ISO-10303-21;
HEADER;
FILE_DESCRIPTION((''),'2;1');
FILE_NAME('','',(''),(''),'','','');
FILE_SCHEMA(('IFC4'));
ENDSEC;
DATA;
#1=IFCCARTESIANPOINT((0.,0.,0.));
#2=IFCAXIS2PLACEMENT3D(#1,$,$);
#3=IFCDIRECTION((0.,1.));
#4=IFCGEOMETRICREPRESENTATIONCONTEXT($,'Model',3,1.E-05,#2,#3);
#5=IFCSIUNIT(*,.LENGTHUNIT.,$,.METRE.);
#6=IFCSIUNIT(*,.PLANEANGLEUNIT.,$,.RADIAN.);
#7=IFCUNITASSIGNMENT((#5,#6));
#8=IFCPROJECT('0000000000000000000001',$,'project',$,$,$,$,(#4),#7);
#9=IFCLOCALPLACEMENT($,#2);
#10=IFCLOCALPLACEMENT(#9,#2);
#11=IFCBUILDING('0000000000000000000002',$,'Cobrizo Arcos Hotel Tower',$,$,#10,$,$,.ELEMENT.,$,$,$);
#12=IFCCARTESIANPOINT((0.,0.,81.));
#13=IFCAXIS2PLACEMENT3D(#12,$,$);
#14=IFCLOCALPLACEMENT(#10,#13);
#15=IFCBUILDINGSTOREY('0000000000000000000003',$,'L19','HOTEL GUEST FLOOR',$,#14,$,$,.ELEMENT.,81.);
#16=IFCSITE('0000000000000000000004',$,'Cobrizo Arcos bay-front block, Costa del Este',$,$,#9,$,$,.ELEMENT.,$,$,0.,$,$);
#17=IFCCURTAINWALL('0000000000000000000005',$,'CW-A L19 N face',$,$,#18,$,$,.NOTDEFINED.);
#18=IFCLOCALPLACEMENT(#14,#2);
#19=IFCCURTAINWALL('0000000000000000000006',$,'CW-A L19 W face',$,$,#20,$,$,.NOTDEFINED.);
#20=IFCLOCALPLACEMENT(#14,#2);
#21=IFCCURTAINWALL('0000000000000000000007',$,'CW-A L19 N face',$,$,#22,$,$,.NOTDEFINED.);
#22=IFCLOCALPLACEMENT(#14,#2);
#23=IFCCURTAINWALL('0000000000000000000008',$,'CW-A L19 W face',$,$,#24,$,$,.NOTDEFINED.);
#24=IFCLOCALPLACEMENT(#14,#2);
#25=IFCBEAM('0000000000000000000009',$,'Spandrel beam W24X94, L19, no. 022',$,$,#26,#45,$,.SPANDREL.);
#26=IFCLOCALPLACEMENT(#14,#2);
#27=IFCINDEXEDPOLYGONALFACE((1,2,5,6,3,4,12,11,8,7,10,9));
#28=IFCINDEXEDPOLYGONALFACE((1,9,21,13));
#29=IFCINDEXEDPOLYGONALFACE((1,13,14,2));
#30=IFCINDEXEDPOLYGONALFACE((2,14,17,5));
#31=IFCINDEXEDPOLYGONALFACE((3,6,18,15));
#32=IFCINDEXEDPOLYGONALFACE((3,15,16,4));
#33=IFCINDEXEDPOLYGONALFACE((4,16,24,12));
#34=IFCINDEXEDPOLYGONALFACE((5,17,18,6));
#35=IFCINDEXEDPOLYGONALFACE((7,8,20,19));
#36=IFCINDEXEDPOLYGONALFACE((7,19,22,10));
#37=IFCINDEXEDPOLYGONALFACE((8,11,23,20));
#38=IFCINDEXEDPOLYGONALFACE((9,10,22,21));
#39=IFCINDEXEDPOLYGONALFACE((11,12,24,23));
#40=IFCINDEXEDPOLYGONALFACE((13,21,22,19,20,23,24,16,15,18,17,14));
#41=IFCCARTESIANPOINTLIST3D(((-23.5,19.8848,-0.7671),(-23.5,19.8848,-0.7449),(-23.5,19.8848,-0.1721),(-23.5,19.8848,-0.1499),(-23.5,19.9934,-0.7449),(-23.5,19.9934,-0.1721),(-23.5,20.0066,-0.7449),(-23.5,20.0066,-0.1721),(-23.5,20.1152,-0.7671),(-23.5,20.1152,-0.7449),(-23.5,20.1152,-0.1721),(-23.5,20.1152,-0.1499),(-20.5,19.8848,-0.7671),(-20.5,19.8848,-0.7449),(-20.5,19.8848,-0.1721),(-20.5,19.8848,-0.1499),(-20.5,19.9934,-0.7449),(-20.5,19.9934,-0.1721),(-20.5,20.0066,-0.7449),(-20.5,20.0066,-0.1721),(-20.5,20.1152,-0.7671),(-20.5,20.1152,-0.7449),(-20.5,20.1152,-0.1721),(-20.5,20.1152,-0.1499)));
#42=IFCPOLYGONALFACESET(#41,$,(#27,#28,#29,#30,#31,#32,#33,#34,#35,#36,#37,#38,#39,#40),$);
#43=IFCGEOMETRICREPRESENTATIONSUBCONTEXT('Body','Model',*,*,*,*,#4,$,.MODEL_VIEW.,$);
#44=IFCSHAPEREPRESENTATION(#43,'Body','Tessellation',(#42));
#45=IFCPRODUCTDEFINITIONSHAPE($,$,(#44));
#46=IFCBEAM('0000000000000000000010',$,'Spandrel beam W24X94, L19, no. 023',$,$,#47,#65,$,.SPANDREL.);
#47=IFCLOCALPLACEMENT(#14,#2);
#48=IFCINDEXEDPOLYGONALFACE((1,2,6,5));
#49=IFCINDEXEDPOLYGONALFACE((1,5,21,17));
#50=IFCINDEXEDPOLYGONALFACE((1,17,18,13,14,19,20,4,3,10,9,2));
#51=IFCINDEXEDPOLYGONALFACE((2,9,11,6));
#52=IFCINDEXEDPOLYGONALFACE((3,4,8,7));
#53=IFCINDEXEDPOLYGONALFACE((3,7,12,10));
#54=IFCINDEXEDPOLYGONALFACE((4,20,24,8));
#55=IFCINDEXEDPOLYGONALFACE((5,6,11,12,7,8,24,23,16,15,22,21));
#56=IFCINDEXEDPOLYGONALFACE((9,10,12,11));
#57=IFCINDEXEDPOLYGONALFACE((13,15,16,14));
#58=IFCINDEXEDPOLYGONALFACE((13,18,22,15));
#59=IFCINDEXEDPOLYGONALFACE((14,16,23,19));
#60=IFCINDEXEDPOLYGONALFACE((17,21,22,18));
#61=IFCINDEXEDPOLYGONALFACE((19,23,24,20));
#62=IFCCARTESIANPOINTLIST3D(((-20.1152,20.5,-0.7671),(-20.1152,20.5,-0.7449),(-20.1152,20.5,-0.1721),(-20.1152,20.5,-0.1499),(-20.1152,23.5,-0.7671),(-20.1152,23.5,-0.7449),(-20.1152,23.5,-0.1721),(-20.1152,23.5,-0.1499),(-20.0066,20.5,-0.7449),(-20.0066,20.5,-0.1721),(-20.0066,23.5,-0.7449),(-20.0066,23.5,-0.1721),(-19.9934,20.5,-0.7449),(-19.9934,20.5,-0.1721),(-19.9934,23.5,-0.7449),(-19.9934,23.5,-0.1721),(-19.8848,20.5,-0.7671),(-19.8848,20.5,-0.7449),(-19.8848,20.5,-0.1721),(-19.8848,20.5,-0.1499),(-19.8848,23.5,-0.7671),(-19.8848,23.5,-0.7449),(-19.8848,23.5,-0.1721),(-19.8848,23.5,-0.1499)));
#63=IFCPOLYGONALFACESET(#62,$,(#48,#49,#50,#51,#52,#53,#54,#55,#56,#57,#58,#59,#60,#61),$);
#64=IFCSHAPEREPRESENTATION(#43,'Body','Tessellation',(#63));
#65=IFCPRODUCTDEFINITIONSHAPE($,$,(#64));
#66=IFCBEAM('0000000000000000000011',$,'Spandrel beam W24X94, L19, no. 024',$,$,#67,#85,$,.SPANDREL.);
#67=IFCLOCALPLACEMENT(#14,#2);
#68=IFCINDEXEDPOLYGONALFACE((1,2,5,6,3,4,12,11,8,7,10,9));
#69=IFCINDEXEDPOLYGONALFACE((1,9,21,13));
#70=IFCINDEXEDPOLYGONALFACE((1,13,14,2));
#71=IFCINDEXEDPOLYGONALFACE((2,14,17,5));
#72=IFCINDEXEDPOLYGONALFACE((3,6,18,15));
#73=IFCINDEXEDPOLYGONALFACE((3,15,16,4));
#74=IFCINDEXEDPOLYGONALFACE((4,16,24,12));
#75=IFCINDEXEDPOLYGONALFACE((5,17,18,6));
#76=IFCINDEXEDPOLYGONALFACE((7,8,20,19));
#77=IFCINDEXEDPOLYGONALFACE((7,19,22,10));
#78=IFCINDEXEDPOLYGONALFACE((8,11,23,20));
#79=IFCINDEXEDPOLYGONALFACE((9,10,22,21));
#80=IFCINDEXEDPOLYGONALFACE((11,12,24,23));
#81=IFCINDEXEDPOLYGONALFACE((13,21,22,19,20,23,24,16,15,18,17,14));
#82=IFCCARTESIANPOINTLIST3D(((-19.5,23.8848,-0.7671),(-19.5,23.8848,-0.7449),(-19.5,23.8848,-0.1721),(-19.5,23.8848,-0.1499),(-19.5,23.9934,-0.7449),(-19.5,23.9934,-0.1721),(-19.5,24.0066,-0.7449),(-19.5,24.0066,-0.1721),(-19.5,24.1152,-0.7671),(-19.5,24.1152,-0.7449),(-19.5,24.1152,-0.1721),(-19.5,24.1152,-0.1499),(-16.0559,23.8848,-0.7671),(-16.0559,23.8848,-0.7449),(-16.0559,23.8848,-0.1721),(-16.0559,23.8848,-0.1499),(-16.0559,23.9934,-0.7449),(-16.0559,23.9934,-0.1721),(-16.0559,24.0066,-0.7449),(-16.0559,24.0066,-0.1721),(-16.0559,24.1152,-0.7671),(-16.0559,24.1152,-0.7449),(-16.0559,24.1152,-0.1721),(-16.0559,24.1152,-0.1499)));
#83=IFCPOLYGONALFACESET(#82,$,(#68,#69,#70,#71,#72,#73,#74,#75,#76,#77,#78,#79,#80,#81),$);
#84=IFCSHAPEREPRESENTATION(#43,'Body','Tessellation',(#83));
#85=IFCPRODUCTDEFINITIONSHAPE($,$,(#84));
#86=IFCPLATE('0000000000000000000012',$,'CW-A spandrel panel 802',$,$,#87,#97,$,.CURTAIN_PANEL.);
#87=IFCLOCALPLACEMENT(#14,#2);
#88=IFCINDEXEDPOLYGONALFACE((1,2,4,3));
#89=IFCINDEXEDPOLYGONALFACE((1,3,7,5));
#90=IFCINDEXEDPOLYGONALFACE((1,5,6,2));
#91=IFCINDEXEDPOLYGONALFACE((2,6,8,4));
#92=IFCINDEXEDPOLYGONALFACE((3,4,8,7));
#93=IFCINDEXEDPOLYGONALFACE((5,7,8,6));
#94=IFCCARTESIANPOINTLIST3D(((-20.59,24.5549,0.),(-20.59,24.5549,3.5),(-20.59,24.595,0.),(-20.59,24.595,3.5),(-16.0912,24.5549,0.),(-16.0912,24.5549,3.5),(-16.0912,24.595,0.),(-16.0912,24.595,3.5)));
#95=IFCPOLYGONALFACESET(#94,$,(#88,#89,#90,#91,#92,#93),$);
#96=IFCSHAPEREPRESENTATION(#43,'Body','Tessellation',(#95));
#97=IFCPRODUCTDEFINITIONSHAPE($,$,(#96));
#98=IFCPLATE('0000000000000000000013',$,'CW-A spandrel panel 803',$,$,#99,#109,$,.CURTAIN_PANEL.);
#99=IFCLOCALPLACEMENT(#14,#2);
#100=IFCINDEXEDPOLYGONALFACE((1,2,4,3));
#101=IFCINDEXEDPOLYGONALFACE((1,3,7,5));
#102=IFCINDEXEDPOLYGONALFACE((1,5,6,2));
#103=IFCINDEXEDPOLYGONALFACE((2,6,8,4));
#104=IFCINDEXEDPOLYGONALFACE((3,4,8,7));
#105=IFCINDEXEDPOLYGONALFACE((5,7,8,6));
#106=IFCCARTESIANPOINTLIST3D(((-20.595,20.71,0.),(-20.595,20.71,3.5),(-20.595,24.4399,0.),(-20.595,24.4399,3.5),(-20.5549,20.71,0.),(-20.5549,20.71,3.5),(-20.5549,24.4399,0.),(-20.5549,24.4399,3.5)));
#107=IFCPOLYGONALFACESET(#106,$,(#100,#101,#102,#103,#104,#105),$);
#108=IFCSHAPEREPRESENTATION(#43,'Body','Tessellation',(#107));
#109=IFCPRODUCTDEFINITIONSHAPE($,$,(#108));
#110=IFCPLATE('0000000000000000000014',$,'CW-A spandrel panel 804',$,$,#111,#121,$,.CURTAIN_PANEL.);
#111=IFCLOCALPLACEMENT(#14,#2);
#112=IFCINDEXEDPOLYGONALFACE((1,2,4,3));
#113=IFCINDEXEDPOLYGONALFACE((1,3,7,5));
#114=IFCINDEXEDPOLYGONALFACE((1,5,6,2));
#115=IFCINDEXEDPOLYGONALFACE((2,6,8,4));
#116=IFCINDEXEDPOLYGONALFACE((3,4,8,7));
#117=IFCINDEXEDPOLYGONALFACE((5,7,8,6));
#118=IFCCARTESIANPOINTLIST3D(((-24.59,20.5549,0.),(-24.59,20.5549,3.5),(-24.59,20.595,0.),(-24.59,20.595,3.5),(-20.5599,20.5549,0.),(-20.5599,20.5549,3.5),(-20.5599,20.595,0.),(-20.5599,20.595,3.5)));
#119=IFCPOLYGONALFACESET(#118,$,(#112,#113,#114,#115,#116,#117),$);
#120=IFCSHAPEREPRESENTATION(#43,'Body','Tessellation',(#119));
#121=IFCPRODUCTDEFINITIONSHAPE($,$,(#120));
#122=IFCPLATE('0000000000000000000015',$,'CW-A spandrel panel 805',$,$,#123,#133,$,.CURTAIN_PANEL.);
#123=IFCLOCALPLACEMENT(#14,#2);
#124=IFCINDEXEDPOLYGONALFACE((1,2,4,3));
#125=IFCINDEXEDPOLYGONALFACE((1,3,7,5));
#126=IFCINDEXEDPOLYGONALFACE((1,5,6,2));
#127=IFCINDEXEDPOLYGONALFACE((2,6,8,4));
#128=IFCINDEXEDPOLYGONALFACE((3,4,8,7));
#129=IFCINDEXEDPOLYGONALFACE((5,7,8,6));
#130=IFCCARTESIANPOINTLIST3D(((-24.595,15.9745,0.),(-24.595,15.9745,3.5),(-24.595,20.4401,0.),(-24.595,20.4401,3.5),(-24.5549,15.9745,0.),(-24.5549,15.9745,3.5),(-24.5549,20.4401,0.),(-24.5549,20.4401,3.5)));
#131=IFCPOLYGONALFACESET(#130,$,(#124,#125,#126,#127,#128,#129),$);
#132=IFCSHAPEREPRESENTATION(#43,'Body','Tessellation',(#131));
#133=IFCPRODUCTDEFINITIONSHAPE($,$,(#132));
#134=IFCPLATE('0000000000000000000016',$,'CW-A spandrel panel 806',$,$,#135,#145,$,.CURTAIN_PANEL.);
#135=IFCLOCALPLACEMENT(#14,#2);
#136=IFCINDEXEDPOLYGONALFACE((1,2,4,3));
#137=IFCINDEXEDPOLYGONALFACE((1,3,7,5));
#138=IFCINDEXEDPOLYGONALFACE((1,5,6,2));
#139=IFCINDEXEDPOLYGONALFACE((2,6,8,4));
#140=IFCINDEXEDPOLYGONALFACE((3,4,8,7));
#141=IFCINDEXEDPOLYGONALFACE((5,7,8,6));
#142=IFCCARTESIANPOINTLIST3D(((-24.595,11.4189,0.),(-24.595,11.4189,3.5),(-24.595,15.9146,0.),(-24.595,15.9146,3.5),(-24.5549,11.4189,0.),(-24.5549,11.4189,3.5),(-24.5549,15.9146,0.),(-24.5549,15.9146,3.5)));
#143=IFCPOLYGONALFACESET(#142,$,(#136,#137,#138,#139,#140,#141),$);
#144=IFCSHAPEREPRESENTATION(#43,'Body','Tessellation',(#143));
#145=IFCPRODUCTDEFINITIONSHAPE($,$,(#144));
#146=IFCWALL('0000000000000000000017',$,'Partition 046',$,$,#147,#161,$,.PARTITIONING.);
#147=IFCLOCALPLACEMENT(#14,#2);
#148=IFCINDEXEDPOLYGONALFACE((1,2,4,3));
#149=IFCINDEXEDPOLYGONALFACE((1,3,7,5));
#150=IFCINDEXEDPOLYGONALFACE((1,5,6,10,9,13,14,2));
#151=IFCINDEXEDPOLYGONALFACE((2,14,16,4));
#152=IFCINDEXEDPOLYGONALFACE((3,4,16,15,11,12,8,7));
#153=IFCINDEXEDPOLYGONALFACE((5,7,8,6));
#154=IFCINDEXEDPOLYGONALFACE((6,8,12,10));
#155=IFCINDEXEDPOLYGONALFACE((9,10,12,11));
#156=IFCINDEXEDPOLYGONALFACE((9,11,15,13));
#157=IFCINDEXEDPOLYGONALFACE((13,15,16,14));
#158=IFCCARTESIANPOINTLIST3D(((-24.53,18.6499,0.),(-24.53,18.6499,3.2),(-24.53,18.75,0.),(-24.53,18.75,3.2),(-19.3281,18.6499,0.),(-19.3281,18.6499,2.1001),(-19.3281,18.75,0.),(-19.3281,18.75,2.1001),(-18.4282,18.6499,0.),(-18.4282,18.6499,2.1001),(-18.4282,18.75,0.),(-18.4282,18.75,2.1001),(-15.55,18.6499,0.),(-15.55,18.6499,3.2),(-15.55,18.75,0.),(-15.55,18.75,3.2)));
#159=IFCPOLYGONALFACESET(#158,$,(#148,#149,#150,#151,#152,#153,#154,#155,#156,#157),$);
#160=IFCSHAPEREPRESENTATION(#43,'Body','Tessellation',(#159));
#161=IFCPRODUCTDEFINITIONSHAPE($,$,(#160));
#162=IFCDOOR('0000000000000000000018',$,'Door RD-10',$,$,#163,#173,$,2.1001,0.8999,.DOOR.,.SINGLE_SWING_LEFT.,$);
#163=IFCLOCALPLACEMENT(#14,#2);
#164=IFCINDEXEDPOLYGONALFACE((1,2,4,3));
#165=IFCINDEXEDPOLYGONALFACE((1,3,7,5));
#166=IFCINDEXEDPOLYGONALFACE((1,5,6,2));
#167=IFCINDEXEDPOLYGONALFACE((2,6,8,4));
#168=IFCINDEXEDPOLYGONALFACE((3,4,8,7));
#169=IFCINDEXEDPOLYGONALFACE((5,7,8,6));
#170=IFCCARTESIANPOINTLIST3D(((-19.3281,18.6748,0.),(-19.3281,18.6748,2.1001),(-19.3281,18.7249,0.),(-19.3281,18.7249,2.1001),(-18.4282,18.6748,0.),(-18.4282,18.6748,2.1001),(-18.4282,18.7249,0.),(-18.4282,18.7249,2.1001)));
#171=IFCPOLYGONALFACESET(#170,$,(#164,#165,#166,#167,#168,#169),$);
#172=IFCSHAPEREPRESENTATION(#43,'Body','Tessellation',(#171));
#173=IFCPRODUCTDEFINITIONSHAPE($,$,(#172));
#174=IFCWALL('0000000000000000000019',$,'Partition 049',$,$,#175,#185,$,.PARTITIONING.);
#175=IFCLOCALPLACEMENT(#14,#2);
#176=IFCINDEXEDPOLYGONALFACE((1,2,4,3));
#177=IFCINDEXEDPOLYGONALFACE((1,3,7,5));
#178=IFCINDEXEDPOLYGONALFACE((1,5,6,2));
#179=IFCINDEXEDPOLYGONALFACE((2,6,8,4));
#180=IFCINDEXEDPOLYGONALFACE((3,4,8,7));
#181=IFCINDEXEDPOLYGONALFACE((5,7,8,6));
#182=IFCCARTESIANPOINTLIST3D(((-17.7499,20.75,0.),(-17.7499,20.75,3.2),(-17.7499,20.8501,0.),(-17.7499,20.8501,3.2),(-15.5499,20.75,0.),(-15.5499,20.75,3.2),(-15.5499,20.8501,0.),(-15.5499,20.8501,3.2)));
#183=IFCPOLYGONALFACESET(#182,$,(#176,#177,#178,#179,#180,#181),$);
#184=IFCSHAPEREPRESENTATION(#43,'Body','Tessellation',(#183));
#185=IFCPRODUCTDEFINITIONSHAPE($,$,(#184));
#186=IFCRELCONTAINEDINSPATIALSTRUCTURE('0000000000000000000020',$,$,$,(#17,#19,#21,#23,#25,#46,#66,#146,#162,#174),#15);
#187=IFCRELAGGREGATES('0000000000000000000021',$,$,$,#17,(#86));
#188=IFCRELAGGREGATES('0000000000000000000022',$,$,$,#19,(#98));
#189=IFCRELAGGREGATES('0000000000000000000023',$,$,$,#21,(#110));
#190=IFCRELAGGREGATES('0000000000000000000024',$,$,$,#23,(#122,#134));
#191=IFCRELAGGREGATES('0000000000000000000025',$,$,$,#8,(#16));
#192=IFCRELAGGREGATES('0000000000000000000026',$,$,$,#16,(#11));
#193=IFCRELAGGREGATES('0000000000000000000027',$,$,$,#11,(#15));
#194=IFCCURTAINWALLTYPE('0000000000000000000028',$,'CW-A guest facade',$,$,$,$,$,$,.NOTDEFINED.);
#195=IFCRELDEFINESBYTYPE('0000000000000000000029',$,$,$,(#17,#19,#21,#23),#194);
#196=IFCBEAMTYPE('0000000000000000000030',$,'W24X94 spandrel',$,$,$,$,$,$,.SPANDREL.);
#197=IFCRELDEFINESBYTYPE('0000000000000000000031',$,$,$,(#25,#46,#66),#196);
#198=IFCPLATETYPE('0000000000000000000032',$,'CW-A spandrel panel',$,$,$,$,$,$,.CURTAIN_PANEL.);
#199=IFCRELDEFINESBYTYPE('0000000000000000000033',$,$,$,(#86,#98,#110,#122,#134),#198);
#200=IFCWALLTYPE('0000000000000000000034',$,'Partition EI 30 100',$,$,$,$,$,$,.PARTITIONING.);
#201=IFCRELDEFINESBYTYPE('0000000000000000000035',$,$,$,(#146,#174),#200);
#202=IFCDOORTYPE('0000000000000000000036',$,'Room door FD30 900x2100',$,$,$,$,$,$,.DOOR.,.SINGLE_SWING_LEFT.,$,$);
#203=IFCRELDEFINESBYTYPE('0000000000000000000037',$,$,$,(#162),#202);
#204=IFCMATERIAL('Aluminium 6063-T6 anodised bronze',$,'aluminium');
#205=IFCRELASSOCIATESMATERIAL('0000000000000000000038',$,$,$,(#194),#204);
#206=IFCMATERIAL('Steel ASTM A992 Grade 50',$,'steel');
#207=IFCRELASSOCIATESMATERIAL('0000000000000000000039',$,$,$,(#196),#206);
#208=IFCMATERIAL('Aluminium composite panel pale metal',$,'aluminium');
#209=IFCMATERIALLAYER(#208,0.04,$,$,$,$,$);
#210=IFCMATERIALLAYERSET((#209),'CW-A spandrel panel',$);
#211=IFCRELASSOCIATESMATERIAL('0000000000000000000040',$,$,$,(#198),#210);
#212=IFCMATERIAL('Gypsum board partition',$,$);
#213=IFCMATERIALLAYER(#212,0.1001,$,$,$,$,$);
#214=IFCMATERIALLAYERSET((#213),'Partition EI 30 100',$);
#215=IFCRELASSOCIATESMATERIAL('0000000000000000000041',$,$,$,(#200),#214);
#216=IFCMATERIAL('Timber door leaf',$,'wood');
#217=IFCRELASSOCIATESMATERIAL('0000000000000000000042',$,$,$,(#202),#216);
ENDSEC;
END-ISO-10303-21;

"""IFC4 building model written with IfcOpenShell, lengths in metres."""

from ifc_helpers import new_model, si_unit, direction, frame, frame_2d, origin, origin_2d, place, context, subcontext, project, spatial, rectangle, i_section, extrude, material, layer, layer_set, material_profile, profile_set, type_object, element, fill, aggregate, save


model = new_model("IFC4")

# Units and contexts
model_context = context("Model", 3, precision=1e-05, world=origin(), true_north=direction((0.0, 1.0)))
body_context = subcontext(model_context, "Body", "Model", "MODEL_VIEW")
ifc_project = project(units=[si_unit("LENGTHUNIT", "METRE"), si_unit("PLANEANGLEUNIT", "RADIAN")], contexts=[model_context])

# Site, building, storey
site_placement = place(None, origin())
site = spatial("IfcSite", under=ifc_project, at=site_placement, Name="Cobrizo Arcos bay-front block, Costa del Este", CompositionType="ELEMENT", RefElevation=0.0)
building_placement = place(site_placement, origin())
building = spatial("IfcBuilding", under=site, at=building_placement, Name="Cobrizo Arcos Hotel Tower", CompositionType="ELEMENT")
storey_placement = place(building_placement, frame((0.0, 0.0, 81.0)))
storey = spatial("IfcBuildingStorey", under=building, at=storey_placement, Name="L19", Description="HOTEL GUEST FLOOR", CompositionType="ELEMENT", Elevation=81.0)

# Curtain walls
ifc_material_1 = material(Name="Aluminium 6063-T6 anodised bronze", Category="aluminium")
curtain_wall_type = type_object("IfcCurtainWallType", Name="CW-A guest facade", PredefinedType="NOTDEFINED", material=ifc_material_1)
curtain_wall_1_placement = place(storey_placement, origin())
curtain_wall_1 = element("IfcCurtainWall", 1, at=curtain_wall_1_placement, inside=storey, type_object=curtain_wall_type, Name="CW-A L19 N face", PredefinedType="NOTDEFINED")
curtain_wall_2_placement = place(storey_placement, origin())
curtain_wall_2 = element("IfcCurtainWall", 2, at=curtain_wall_2_placement, inside=storey, type_object=curtain_wall_type, Name="CW-A L19 W face", PredefinedType="NOTDEFINED")
curtain_wall_3_placement = place(storey_placement, origin())
curtain_wall_3 = element("IfcCurtainWall", 3, at=curtain_wall_3_placement, inside=storey, type_object=curtain_wall_type, Name="CW-A L19 N face", PredefinedType="NOTDEFINED")
curtain_wall_4_placement = place(storey_placement, origin())
curtain_wall_4 = element("IfcCurtainWall", 4, at=curtain_wall_4_placement, inside=storey, type_object=curtain_wall_type, Name="CW-A L19 W face", PredefinedType="NOTDEFINED")

# Beams
ifc_material_2 = material(Name="Steel ASTM A992 Grade 50", Category="steel")
ifc_material_profile_1 = material_profile(ifc_material_2, i_section(OverallWidth=0.2305, OverallDepth=0.6172, WebThickness=0.0132, FlangeThickness=0.0222, at=origin_2d()), Name="W24X94")
ifc_profile_set_1 = profile_set([ifc_material_profile_1], Name="Steel ASTM A992 Grade 50")
beam_type = type_object("IfcBeamType", Name="W24X94 spandrel", PredefinedType="SPANDREL", material=ifc_profile_set_1)
for number, where, z_axis, x_axis, name in (
    (5, (-23.5, 20.0, -0.4585), (1.0, 0.0, 0.0), (0.0, 1.0, 0.0), "Spandrel beam W24X94, L19, no. 022"),
    (6, (-20.0, 20.5, -0.4585), (0.0, 1.0, 0.0), (-1.0, 0.0, 0.0), "Spandrel beam W24X94, L19, no. 023"),
):
    element("IfcBeam", number, at=place(storey_placement, frame(where, z_axis=z_axis, x_axis=x_axis)), inside=storey, type_object=beam_type, Name=name, PredefinedType="SPANDREL", context=body_context, shape_type="SweptSolid", body=[
        extrude(i_section(OverallWidth=0.2305, OverallDepth=0.6172, WebThickness=0.0132, FlangeThickness=0.0222, at=origin_2d()), origin(), (0.0, 0.0, 1.0), 3.0),
    ])
beam_1_placement = place(storey_placement, frame((-19.5, 24.0, -0.4585), z_axis=(1.0, 0.0, 0.0), x_axis=(0.0, 1.0, 0.0)))
element("IfcBeam", 7, at=beam_1_placement, inside=storey, type_object=beam_type, Name="Spandrel beam W24X94, L19, no. 024", PredefinedType="SPANDREL", context=body_context, shape_type="SweptSolid", body=[
    extrude(i_section(OverallWidth=0.2305, OverallDepth=0.6172, WebThickness=0.0132, FlangeThickness=0.0222, at=origin_2d()), origin(), (0.0, 0.0, 1.0), 3.4441),
])

# Plates
ifc_material_3 = material(Name="Aluminium composite panel pale metal", Category="aluminium")
ifc_layer_1 = layer(ifc_material_3, 0.04)
ifc_layer_set_1 = layer_set([ifc_layer_1], Name="CW-A spandrel panel")
plate_type = type_object("IfcPlateType", Name="CW-A spandrel panel", PredefinedType="CURTAIN_PANEL", material=ifc_layer_set_1)
plate_1_placement = place(storey_placement, frame((-18.3406, 24.575, 0.0), z_axis=(0.0, 0.0, 1.0), x_axis=(-1.0, 0.0, 0.0)))
plate_1 = element("IfcPlate", 8, at=plate_1_placement, type_object=plate_type, Name="CW-A spandrel panel 802", PredefinedType="CURTAIN_PANEL", context=body_context, shape_type="SweptSolid", body=[
    extrude(rectangle(XDim=4.4988, YDim=0.04, at=origin_2d()), origin(), (0.0, 0.0, 1.0), 3.5),
])
aggregate(curtain_wall_1, [plate_1])
plate_2_placement = place(storey_placement, frame((-20.575, 22.575, 0.0), z_axis=(0.0, 0.0, 1.0), x_axis=(0.0, -1.0, 0.0)))
plate_2 = element("IfcPlate", 9, at=plate_2_placement, type_object=plate_type, Name="CW-A spandrel panel 803", PredefinedType="CURTAIN_PANEL", context=body_context, shape_type="SweptSolid", body=[
    extrude(rectangle(XDim=3.73, YDim=0.04, at=origin_2d()), origin(), (0.0, 0.0, 1.0), 3.5),
])
aggregate(curtain_wall_2, [plate_2])
plate_3_placement = place(storey_placement, frame((-22.575, 20.575, 0.0), z_axis=(0.0, 0.0, 1.0), x_axis=(-1.0, 0.0, 0.0)))
plate_3 = element("IfcPlate", 10, at=plate_3_placement, type_object=plate_type, Name="CW-A spandrel panel 804", PredefinedType="CURTAIN_PANEL", context=body_context, shape_type="SweptSolid", body=[
    extrude(rectangle(XDim=4.03, YDim=0.04, at=origin_2d()), origin(), (0.0, 0.0, 1.0), 3.5),
])
aggregate(curtain_wall_3, [plate_3])
plate_4_placement = place(storey_placement, frame((-24.575, 18.2073, 0.0), z_axis=(0.0, 0.0, 1.0), x_axis=(0.0, -1.0, 0.0)))
plate_4 = element("IfcPlate", 11, at=plate_4_placement, type_object=plate_type, Name="CW-A spandrel panel 805", PredefinedType="CURTAIN_PANEL", context=body_context, shape_type="SweptSolid", body=[
    extrude(rectangle(XDim=4.4656, YDim=0.04, at=origin_2d()), origin(), (0.0, 0.0, 1.0), 3.5),
])
plate_5_placement = place(storey_placement, frame((-24.575, 13.6667, 0.0), z_axis=(0.0, 0.0, 1.0), x_axis=(0.0, -1.0, 0.0)))
plate_5 = element("IfcPlate", 12, at=plate_5_placement, type_object=plate_type, Name="CW-A spandrel panel 806", PredefinedType="CURTAIN_PANEL", context=body_context, shape_type="SweptSolid", body=[
    extrude(rectangle(XDim=4.4956, YDim=0.04, at=origin_2d()), origin(), (0.0, 0.0, 1.0), 3.5),
])
aggregate(curtain_wall_4, [plate_4, plate_5])

# Wall, opening, door
ifc_material_4 = material(Name="Gypsum board partition")
ifc_layer_2 = layer(ifc_material_4, 0.1001)
ifc_layer_set_2 = layer_set([ifc_layer_2], Name="Partition EI 30 100")
wall_type = type_object("IfcWallType", Name="Partition EI 30 100", PredefinedType="PARTITIONING", material=ifc_layer_set_2)
wall_1_placement = place(storey_placement, frame((-24.53, 18.7, 0.0), z_axis=(0.0, 0.0, 1.0), x_axis=(1.0, 0.0, 0.0)))
wall_1 = element("IfcWall", 13, at=wall_1_placement, inside=storey, type_object=wall_type, Name="Partition 046", PredefinedType="PARTITIONING", context=body_context, shape_type="SweptSolid", body=[
    extrude(rectangle(XDim=8.98, YDim=0.1001, at=frame_2d((4.49, 0.0))), origin(), (0.0, 0.0, 1.0), 3.2),
])
opening_1_placement = place(wall_1_placement, frame((5.2019, 0.0, 0.0)))
opening_1 = element("IfcOpeningElement", 14, at=opening_1_placement, cuts=wall_1, PredefinedType="OPENING", context=body_context, shape_type="SweptSolid", body=[
    extrude(rectangle(XDim=0.8999, YDim=2.1001, at=frame_2d((0.45, 1.05))), frame((0.0, 0.062, 0.0), z_axis=(0.0, -1.0, 0.0), x_axis=(1.0, 0.0, 0.0)), (0.0, 0.0, 1.0), 0.124),
])
ifc_material_5 = material(Name="Timber door leaf", Category="wood")
door_type_1 = type_object("IfcDoorType", Name="Room door FD30 900x2100", OperationType="SINGLE_SWING_LEFT", PredefinedType="DOOR", material=ifc_material_5)
door_1_placement = place(opening_1_placement, origin())
door_1 = element("IfcDoor", 15, at=door_1_placement, inside=storey, type_object=door_type_1, Name="Door RD-10", OperationType="SINGLE_SWING_LEFT", OverallHeight=2.1001, OverallWidth=0.8999, PredefinedType="DOOR", context=body_context, shape_type="SweptSolid", body=[
    extrude(rectangle(XDim=0.8999, YDim=2.1001, at=frame_2d((0.45, 1.05))), frame((0.0, 0.0249, 0.0), z_axis=(0.0, -1.0, 0.0), x_axis=(1.0, 0.0, 0.0)), (0.0, 0.0, 1.0), 0.05),
])
fill(opening_1, door_1)

# Wall
wall_2_placement = place(storey_placement, frame((-17.75, 20.8, 0.0), z_axis=(0.0, 0.0, 1.0), x_axis=(1.0, 0.0, 0.0)))
element("IfcWall", 16, at=wall_2_placement, inside=storey, type_object=wall_type, Name="Partition 049", PredefinedType="PARTITIONING", context=body_context, shape_type="SweptSolid", body=[
    extrude(rectangle(XDim=2.2, YDim=0.1001, at=frame_2d((1.1001, 0.0))), origin(), (0.0, 0.0, 1.0), 3.2),
])

save(model, "model.ifc")
